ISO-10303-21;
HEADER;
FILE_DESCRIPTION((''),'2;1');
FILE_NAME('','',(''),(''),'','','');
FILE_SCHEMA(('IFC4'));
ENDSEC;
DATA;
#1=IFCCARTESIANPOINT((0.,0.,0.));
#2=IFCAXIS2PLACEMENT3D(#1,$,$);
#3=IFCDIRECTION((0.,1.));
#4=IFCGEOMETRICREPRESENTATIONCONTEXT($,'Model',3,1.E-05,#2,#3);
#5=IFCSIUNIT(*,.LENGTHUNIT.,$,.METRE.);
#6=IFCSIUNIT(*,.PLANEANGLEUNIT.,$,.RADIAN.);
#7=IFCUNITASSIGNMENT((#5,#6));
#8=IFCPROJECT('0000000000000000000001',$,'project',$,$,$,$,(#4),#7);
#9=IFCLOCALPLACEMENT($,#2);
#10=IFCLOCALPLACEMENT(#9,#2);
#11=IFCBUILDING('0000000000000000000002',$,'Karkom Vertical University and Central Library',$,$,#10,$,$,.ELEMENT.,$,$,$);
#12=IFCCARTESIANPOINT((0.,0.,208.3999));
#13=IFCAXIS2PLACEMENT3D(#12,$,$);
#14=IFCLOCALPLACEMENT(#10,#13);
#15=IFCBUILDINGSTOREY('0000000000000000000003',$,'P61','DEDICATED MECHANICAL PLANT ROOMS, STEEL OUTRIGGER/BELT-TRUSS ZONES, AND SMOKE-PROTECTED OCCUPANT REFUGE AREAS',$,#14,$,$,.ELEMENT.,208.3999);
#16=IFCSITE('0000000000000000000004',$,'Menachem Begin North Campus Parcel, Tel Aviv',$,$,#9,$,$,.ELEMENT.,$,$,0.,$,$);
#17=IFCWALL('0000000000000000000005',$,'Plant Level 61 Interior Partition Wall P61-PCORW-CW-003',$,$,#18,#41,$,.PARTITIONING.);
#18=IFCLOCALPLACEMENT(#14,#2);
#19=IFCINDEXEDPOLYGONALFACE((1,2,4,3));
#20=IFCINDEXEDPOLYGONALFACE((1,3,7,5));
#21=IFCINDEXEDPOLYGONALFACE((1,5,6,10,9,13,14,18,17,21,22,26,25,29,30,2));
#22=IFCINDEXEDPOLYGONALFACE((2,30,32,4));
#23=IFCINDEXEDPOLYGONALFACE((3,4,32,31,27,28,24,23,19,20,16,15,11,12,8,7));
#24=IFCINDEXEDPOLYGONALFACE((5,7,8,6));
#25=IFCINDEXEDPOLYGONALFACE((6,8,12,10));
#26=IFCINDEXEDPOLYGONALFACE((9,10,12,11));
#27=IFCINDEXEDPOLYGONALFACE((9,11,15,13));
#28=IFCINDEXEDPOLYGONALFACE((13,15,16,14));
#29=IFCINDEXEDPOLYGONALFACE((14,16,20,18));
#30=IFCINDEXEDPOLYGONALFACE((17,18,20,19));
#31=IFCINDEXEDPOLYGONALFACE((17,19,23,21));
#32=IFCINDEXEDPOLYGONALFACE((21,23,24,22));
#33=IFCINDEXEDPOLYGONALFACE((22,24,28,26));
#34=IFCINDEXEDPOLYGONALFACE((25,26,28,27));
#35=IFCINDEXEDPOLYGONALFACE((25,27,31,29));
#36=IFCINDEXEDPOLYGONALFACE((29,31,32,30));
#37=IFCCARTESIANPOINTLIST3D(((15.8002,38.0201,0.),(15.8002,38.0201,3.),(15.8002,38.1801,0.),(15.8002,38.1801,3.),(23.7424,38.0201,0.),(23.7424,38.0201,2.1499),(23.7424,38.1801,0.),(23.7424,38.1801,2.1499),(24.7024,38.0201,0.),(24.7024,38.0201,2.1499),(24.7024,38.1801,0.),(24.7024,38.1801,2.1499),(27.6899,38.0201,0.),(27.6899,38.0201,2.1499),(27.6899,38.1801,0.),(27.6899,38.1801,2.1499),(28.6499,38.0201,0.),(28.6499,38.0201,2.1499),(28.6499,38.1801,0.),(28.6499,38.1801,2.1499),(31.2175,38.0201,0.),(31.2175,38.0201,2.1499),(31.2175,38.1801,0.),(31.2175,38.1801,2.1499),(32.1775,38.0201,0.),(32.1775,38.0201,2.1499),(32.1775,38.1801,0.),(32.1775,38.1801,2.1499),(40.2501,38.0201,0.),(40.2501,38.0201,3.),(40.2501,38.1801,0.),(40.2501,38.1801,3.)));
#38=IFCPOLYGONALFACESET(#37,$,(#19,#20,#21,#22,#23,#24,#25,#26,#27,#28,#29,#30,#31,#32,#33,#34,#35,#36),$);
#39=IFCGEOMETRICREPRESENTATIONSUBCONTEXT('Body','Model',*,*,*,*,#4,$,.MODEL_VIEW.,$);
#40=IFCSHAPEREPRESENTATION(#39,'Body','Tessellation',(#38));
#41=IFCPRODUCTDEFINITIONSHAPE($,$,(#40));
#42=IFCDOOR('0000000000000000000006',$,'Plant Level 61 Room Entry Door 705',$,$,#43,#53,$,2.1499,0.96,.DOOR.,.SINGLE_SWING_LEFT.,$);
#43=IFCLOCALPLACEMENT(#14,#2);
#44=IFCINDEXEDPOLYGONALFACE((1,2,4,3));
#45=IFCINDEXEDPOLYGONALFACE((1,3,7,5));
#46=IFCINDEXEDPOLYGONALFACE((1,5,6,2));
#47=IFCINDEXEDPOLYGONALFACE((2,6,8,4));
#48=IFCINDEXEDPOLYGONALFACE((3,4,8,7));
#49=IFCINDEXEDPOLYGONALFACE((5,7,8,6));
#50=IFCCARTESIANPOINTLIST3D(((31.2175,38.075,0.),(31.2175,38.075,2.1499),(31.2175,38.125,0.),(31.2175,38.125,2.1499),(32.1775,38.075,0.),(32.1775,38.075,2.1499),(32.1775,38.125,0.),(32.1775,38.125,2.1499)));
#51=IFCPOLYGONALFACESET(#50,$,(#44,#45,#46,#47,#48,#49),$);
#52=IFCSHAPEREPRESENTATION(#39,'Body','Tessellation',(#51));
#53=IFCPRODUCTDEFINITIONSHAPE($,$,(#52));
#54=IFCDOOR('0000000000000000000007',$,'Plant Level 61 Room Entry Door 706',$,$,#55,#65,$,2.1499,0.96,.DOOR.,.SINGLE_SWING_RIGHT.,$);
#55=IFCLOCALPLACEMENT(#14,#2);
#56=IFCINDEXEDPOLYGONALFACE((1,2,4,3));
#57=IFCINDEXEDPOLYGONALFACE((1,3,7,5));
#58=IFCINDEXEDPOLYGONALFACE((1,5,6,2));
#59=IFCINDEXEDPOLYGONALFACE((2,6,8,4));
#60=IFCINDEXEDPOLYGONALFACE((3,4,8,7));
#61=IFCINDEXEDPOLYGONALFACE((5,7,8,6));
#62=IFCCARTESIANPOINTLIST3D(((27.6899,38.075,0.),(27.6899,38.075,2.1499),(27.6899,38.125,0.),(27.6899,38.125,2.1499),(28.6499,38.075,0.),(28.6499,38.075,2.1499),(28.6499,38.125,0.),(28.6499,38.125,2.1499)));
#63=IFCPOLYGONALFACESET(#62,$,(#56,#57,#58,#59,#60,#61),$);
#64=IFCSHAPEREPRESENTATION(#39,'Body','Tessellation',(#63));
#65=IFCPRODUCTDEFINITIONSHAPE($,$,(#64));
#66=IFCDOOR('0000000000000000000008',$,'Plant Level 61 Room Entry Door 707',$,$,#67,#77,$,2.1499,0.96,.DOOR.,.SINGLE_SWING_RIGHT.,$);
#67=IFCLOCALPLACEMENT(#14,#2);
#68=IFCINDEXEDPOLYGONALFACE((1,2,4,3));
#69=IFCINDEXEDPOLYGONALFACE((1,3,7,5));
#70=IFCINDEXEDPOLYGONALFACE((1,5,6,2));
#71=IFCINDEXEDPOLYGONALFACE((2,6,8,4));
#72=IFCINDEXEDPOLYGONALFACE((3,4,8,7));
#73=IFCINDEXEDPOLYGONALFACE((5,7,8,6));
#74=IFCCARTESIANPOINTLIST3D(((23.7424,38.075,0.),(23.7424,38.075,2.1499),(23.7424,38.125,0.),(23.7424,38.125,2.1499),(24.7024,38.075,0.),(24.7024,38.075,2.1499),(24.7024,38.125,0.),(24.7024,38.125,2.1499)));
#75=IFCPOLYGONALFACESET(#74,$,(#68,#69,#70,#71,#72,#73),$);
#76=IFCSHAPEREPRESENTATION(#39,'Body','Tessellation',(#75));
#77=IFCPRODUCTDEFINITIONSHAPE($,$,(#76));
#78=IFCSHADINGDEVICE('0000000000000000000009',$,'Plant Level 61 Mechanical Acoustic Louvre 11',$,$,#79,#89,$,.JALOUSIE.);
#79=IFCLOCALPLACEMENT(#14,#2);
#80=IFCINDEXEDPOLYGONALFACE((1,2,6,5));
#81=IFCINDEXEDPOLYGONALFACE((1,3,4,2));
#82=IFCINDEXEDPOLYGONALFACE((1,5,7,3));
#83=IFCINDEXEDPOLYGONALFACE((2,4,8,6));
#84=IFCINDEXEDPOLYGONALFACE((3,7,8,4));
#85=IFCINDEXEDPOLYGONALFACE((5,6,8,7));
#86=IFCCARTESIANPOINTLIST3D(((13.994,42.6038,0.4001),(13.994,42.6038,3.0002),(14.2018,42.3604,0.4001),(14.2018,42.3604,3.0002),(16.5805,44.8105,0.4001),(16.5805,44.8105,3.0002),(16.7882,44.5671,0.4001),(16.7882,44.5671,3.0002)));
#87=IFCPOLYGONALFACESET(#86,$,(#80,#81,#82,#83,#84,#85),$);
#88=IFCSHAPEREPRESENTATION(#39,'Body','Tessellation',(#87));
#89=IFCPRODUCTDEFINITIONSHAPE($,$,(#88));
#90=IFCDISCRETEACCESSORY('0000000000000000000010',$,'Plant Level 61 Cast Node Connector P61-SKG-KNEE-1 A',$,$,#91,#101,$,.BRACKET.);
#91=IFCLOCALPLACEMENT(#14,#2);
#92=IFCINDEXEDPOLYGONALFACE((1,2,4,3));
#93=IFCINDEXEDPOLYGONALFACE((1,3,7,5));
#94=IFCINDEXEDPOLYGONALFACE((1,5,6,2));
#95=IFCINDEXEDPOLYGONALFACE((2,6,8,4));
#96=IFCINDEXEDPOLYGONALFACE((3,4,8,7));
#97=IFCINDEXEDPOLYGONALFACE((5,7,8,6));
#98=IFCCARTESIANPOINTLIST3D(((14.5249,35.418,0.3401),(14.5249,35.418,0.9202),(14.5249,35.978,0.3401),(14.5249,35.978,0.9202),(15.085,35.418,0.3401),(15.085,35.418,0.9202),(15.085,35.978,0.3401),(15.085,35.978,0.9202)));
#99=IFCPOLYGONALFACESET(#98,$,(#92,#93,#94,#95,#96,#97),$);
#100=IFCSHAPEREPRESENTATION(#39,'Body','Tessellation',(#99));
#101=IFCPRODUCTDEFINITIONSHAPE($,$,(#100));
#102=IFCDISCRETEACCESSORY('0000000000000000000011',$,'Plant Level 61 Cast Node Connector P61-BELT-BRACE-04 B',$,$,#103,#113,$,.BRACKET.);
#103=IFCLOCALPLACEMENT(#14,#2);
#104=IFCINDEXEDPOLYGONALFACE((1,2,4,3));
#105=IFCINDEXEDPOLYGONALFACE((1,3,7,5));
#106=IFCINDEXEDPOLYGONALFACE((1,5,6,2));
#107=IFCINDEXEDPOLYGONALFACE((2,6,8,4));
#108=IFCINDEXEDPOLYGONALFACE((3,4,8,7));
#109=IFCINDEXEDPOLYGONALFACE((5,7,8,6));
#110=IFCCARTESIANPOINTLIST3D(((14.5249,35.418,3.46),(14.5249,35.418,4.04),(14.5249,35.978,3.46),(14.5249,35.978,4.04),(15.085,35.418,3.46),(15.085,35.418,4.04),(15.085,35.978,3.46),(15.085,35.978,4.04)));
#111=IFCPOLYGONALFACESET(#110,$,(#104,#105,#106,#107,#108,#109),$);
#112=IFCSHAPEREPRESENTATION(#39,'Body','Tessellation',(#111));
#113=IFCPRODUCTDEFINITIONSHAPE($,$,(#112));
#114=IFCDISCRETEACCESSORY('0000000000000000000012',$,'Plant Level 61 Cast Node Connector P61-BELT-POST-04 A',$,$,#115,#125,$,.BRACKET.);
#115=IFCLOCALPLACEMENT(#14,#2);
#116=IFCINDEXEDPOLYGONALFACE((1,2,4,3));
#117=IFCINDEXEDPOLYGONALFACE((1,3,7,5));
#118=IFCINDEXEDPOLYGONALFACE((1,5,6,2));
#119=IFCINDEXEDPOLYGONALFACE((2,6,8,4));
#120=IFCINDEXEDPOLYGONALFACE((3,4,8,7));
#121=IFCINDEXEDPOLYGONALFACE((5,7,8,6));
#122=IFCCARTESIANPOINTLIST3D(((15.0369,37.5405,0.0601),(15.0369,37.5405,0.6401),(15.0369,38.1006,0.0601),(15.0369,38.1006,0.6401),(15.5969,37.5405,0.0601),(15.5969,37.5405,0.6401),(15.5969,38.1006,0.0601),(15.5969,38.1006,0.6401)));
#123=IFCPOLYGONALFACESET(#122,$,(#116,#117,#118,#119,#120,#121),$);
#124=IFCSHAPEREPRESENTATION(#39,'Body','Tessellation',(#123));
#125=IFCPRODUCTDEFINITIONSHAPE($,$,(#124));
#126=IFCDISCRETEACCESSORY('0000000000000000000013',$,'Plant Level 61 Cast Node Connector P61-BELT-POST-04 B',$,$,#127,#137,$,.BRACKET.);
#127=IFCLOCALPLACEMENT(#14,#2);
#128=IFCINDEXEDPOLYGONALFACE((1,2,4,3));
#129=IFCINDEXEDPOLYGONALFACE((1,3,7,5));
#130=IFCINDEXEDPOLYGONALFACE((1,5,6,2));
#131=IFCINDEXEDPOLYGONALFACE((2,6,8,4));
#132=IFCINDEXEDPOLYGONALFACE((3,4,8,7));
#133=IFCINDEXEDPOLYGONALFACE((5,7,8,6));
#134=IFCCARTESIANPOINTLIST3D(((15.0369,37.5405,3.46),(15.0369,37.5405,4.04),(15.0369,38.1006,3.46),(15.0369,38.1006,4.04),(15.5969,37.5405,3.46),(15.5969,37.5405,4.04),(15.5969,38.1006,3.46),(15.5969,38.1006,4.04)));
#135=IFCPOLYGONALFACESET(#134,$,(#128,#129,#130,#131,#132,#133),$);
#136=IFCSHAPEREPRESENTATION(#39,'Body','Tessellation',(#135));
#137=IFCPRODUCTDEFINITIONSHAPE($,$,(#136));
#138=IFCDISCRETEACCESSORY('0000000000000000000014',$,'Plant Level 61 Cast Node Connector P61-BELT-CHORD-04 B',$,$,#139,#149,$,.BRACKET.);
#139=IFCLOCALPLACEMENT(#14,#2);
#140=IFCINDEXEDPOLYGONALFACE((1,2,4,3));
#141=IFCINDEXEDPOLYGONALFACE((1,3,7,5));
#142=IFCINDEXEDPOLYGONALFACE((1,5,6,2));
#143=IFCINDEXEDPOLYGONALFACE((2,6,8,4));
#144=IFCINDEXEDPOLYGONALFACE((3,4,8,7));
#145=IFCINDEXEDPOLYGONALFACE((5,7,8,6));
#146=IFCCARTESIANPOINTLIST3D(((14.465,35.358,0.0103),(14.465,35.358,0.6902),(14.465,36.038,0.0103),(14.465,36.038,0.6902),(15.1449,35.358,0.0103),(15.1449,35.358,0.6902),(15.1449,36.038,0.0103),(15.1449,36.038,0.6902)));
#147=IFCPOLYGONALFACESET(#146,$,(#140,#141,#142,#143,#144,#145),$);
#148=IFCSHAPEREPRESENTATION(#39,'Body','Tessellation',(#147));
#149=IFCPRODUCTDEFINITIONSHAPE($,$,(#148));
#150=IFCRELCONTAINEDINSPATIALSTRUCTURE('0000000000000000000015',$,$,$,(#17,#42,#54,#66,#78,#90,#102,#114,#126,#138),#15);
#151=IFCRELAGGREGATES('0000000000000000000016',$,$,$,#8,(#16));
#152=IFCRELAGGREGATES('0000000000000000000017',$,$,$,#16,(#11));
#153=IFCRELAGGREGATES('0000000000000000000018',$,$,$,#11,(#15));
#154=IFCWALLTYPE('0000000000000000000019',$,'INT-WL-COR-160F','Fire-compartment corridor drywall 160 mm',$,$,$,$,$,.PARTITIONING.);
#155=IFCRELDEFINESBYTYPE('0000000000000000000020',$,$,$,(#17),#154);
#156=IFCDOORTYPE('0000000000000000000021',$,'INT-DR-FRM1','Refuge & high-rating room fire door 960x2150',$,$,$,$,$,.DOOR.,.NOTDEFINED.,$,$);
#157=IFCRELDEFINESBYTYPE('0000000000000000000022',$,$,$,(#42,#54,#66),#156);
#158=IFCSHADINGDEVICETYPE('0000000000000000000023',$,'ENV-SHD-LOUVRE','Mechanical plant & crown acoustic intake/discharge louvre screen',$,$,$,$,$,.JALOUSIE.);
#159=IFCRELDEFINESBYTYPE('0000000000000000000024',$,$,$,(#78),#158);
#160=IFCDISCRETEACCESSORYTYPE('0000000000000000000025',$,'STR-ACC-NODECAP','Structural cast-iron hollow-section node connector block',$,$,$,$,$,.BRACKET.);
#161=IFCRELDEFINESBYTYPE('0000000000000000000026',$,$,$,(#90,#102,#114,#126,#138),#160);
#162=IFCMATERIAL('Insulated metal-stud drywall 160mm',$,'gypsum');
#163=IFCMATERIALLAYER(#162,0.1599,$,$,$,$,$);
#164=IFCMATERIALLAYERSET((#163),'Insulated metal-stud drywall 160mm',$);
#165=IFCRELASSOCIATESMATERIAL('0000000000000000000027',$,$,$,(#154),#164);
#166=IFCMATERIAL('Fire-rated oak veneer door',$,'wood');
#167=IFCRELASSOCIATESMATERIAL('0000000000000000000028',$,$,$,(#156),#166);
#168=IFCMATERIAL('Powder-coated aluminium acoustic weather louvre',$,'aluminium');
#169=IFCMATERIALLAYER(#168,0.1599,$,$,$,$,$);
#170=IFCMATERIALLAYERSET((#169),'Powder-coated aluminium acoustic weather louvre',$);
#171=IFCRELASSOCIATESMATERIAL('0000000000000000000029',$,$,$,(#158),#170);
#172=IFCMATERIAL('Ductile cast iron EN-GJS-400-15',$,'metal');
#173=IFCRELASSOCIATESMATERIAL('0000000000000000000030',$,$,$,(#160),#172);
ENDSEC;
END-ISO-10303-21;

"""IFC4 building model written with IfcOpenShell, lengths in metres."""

from ifc_helpers import new_model, si_unit, direction, frame, frame_2d, origin, origin_with_axes, origin_2d, place, context, subcontext, project, spatial, rectangle, extrude, source, transform, mapped, material, layer, layer_set, type_object, element, fill, save


model = new_model("IFC4")

# Units and contexts
model_context = context("Model", 3, precision=1e-05, world=origin(), true_north=direction((0.0, 1.0)))
body_context = subcontext(model_context, "Body", "Model", "MODEL_VIEW")
ifc_project = project(units=[si_unit("LENGTHUNIT", "METRE"), si_unit("PLANEANGLEUNIT", "RADIAN")], contexts=[model_context])

# Site, building, storey
site_placement = place(None, origin())
site = spatial("IfcSite", under=ifc_project, at=site_placement, Name="Menachem Begin North Campus Parcel, Tel Aviv", CompositionType="ELEMENT", RefElevation=0.0)
building_placement = place(site_placement, origin())
building = spatial("IfcBuilding", under=site, at=building_placement, Name="Karkom Vertical University and Central Library", CompositionType="ELEMENT")
storey_placement = place(building_placement, frame((0.0, 0.0, 208.3999)))
storey = spatial("IfcBuildingStorey", under=building, at=storey_placement, Name="P61", Description="DEDICATED MECHANICAL PLANT ROOMS, STEEL OUTRIGGER/BELT-TRUSS ZONES, AND SMOKE-PROTECTED OCCUPANT REFUGE AREAS", CompositionType="ELEMENT", Elevation=208.3999)

# Wall, openings, doors
ifc_material_1 = material(Name="Insulated metal-stud drywall 160mm", Category="gypsum")
ifc_layer_1 = layer(ifc_material_1, 0.1599)
ifc_layer_set_1 = layer_set([ifc_layer_1], Name="Insulated metal-stud drywall 160mm")
wall_type_1 = type_object("IfcWallType", Name="INT-WL-COR-160F", Description="Fire-compartment corridor drywall 160 mm", PredefinedType="PARTITIONING", material=ifc_layer_set_1)
wall_1_placement = place(storey_placement, frame((15.8, 38.1001, 0.0), z_axis=(0.0, 0.0, 1.0), x_axis=(1.0, 0.0, 0.0)))
wall_1 = element("IfcWall", 1, at=wall_1_placement, inside=storey, type_object=wall_type_1, Name="Plant Level 61 Interior Partition Wall P61-PCORW-CW-003", PredefinedType="PARTITIONING", context=body_context, shape_type="SweptSolid", body=[
    extrude(rectangle(XDim=24.45, YDim=0.1599, at=frame_2d((12.2251, 0.0))), origin(), (0.0, 0.0, 1.0), 3.0),
])
opening_1_placement = place(wall_1_placement, frame((15.4175, 0.0, 0.0)))
opening_1 = element("IfcOpeningElement", 2, at=opening_1_placement, cuts=wall_1, PredefinedType="OPENING", context=body_context, shape_type="SweptSolid", body=[
    extrude(rectangle(XDim=0.96, YDim=2.1499, at=frame_2d((0.48, 1.075))), frame((0.0, 0.0898, 0.0), z_axis=(0.0, -1.0, 0.0), x_axis=(1.0, 0.0, 0.0)), (0.0, 0.0, 1.0), 0.1799),
])
opening_2_placement = place(wall_1_placement, frame((11.8899, 0.0, 0.0)))
opening_2 = element("IfcOpeningElement", 3, at=opening_2_placement, cuts=wall_1, PredefinedType="OPENING", context=body_context, shape_type="SweptSolid", body=[
    extrude(rectangle(XDim=0.96, YDim=2.1499, at=frame_2d((0.48, 1.075))), frame((0.0, 0.0898, 0.0), z_axis=(0.0, -1.0, 0.0), x_axis=(1.0, 0.0, 0.0)), (0.0, 0.0, 1.0), 0.1799),
])
opening_3_placement = place(wall_1_placement, frame((7.9424, 0.0, 0.0)))
opening_3 = element("IfcOpeningElement", 4, at=opening_3_placement, cuts=wall_1, PredefinedType="OPENING", context=body_context, shape_type="SweptSolid", body=[
    extrude(rectangle(XDim=0.96, YDim=2.1499, at=frame_2d((0.48, 1.075))), frame((0.0, 0.0898, 0.0), z_axis=(0.0, -1.0, 0.0), x_axis=(1.0, 0.0, 0.0)), (0.0, 0.0, 1.0), 0.1799),
])
ifc_material_2 = material(Name="Fire-rated oak veneer door", Category="wood")
door_type = type_object("IfcDoorType", Name="INT-DR-FRM1", Description="Refuge & high-rating room fire door 960x2150", OperationType="NOTDEFINED", PredefinedType="DOOR", material=ifc_material_2)
shared_shape_1 = source(origin_with_axes(), body_context, "Body", "SweptSolid", [
    extrude(rectangle(XDim=0.96, YDim=2.1499, at=frame_2d((0.48, 1.075))), frame((0.0, 0.0249, 0.0), z_axis=(0.0, -1.0, 0.0), x_axis=(1.0, 0.0, 0.0)), (0.0, 0.0, 1.0), 0.05),
])
door_1_placement = place(opening_1_placement, origin())
door_1 = element("IfcDoor", 5, at=door_1_placement, inside=storey, type_object=door_type, Name="Plant Level 61 Room Entry Door 705", OperationType="SINGLE_SWING_LEFT", OverallHeight=2.1499, OverallWidth=0.96, PredefinedType="DOOR", context=body_context, shape_type="MappedRepresentation", body=[
    mapped(shared_shape_1, transform((0.0, 0.0, 0.0), scale=1.0)),
])
fill(opening_1, door_1)
door_2_placement = place(opening_2_placement, origin())
door_2 = element("IfcDoor", 6, at=door_2_placement, inside=storey, type_object=door_type, Name="Plant Level 61 Room Entry Door 706", OperationType="SINGLE_SWING_RIGHT", OverallHeight=2.1499, OverallWidth=0.96, PredefinedType="DOOR", context=body_context, shape_type="MappedRepresentation", body=[
    mapped(shared_shape_1, transform((0.0, 0.0, 0.0), scale=1.0)),
])
fill(opening_2, door_2)
door_3_placement = place(opening_3_placement, origin())
door_3 = element("IfcDoor", 7, at=door_3_placement, inside=storey, type_object=door_type, Name="Plant Level 61 Room Entry Door 707", OperationType="SINGLE_SWING_RIGHT", OverallHeight=2.1499, OverallWidth=0.96, PredefinedType="DOOR", context=body_context, shape_type="MappedRepresentation", body=[
    mapped(shared_shape_1, transform((0.0, 0.0, 0.0), scale=1.0)),
])
fill(opening_3, door_3)

# Shading device
ifc_material_3 = material(Name="Powder-coated aluminium acoustic weather louvre", Category="aluminium")
ifc_layer_2 = layer(ifc_material_3, 0.1599)
ifc_layer_set_2 = layer_set([ifc_layer_2], Name="Powder-coated aluminium acoustic weather louvre")
shading_device_type = type_object("IfcShadingDeviceType", Name="ENV-SHD-LOUVRE", Description="Mechanical plant & crown acoustic intake/discharge louvre screen", PredefinedType="JALOUSIE", material=ifc_layer_set_2)
shared_shape_2 = source(origin_with_axes(), body_context, "Body", "SweptSolid", [
    extrude(rectangle(XDim=3.3999, YDim=0.3201, at=origin_2d()), origin(), (0.0, 0.0, 1.0), 2.6001),
])
shading_device_placement = place(storey_placement, frame((15.3911, 43.5854, 0.4001), z_axis=(0.0, 0.0, 1.0), x_axis=(-0.760746, -0.64905, 0.0)))
element("IfcShadingDevice", 8, at=shading_device_placement, inside=storey, type_object=shading_device_type, Name="Plant Level 61 Mechanical Acoustic Louvre 11", PredefinedType="JALOUSIE", context=body_context, shape_type="MappedRepresentation", body=[
    mapped(shared_shape_2, transform((0.0, 0.0, 0.0), scale=1.0)),
])

# Discrete accessories
ifc_material_4 = material(Name="Ductile cast iron EN-GJS-400-15", Category="metal")
discrete_accessory_type = type_object("IfcDiscreteAccessoryType", Name="STR-ACC-NODECAP", Description="Structural cast-iron hollow-section node connector block", PredefinedType="BRACKET", material=ifc_material_4)
shared_shape_3 = source(origin_with_axes(), body_context, "Body", "SweptSolid", [
    extrude(rectangle(XDim=0.5601, YDim=0.5601, at=origin_2d()), origin(), (0.0, 0.0, 1.0), 0.5801),
])
for number, where, z_axis, x_axis, name in (
    (9, (14.8049, 35.698, 0.3401), (0.0, 0.0, 1.0), (1.0, 0.0, 0.0), "Plant Level 61 Cast Node Connector P61-SKG-KNEE-1 A"),
    (10, (14.8049, 35.698, 3.46), (0.0, 0.0, 1.0), (1.0, 0.0, 0.0), "Plant Level 61 Cast Node Connector P61-BELT-BRACE-04 B"),
    (11, (15.3169, 37.8206, 0.0601), (0.0, 0.0, 1.0), (1.0, 0.0, 0.0), "Plant Level 61 Cast Node Connector P61-BELT-POST-04 A"),
    (12, (15.3169, 37.8206, 3.46), (0.0, 0.0, 1.0), (1.0, 0.0, 0.0), "Plant Level 61 Cast Node Connector P61-BELT-POST-04 B"),
):
    element("IfcDiscreteAccessory", number, at=place(storey_placement, frame(where, z_axis=z_axis, x_axis=x_axis)), inside=storey, type_object=discrete_accessory_type, Name=name, PredefinedType="BRACKET", context=body_context, shape_type="MappedRepresentation", body=[
        mapped(shared_shape_3, transform((0.0, 0.0, 0.0), scale=1.0)),
    ])
shared_shape_4 = source(origin_with_axes(), body_context, "Body", "SweptSolid", [
    extrude(rectangle(XDim=0.6799, YDim=0.6799, at=origin_2d()), origin(), (0.0, 0.0, 1.0), 0.6799),
])
discrete_accessory_placement = place(storey_placement, frame((14.8049, 35.698, 0.0103), z_axis=(0.0, 0.0, 1.0), x_axis=(1.0, 0.0, 0.0)))
element("IfcDiscreteAccessory", 13, at=discrete_accessory_placement, inside=storey, type_object=discrete_accessory_type, Name="Plant Level 61 Cast Node Connector P61-BELT-CHORD-04 B", PredefinedType="BRACKET", context=body_context, shape_type="MappedRepresentation", body=[
    mapped(shared_shape_4, transform((0.0, 0.0, 0.0), scale=1.0)),
])

save(model, "model.ifc")
